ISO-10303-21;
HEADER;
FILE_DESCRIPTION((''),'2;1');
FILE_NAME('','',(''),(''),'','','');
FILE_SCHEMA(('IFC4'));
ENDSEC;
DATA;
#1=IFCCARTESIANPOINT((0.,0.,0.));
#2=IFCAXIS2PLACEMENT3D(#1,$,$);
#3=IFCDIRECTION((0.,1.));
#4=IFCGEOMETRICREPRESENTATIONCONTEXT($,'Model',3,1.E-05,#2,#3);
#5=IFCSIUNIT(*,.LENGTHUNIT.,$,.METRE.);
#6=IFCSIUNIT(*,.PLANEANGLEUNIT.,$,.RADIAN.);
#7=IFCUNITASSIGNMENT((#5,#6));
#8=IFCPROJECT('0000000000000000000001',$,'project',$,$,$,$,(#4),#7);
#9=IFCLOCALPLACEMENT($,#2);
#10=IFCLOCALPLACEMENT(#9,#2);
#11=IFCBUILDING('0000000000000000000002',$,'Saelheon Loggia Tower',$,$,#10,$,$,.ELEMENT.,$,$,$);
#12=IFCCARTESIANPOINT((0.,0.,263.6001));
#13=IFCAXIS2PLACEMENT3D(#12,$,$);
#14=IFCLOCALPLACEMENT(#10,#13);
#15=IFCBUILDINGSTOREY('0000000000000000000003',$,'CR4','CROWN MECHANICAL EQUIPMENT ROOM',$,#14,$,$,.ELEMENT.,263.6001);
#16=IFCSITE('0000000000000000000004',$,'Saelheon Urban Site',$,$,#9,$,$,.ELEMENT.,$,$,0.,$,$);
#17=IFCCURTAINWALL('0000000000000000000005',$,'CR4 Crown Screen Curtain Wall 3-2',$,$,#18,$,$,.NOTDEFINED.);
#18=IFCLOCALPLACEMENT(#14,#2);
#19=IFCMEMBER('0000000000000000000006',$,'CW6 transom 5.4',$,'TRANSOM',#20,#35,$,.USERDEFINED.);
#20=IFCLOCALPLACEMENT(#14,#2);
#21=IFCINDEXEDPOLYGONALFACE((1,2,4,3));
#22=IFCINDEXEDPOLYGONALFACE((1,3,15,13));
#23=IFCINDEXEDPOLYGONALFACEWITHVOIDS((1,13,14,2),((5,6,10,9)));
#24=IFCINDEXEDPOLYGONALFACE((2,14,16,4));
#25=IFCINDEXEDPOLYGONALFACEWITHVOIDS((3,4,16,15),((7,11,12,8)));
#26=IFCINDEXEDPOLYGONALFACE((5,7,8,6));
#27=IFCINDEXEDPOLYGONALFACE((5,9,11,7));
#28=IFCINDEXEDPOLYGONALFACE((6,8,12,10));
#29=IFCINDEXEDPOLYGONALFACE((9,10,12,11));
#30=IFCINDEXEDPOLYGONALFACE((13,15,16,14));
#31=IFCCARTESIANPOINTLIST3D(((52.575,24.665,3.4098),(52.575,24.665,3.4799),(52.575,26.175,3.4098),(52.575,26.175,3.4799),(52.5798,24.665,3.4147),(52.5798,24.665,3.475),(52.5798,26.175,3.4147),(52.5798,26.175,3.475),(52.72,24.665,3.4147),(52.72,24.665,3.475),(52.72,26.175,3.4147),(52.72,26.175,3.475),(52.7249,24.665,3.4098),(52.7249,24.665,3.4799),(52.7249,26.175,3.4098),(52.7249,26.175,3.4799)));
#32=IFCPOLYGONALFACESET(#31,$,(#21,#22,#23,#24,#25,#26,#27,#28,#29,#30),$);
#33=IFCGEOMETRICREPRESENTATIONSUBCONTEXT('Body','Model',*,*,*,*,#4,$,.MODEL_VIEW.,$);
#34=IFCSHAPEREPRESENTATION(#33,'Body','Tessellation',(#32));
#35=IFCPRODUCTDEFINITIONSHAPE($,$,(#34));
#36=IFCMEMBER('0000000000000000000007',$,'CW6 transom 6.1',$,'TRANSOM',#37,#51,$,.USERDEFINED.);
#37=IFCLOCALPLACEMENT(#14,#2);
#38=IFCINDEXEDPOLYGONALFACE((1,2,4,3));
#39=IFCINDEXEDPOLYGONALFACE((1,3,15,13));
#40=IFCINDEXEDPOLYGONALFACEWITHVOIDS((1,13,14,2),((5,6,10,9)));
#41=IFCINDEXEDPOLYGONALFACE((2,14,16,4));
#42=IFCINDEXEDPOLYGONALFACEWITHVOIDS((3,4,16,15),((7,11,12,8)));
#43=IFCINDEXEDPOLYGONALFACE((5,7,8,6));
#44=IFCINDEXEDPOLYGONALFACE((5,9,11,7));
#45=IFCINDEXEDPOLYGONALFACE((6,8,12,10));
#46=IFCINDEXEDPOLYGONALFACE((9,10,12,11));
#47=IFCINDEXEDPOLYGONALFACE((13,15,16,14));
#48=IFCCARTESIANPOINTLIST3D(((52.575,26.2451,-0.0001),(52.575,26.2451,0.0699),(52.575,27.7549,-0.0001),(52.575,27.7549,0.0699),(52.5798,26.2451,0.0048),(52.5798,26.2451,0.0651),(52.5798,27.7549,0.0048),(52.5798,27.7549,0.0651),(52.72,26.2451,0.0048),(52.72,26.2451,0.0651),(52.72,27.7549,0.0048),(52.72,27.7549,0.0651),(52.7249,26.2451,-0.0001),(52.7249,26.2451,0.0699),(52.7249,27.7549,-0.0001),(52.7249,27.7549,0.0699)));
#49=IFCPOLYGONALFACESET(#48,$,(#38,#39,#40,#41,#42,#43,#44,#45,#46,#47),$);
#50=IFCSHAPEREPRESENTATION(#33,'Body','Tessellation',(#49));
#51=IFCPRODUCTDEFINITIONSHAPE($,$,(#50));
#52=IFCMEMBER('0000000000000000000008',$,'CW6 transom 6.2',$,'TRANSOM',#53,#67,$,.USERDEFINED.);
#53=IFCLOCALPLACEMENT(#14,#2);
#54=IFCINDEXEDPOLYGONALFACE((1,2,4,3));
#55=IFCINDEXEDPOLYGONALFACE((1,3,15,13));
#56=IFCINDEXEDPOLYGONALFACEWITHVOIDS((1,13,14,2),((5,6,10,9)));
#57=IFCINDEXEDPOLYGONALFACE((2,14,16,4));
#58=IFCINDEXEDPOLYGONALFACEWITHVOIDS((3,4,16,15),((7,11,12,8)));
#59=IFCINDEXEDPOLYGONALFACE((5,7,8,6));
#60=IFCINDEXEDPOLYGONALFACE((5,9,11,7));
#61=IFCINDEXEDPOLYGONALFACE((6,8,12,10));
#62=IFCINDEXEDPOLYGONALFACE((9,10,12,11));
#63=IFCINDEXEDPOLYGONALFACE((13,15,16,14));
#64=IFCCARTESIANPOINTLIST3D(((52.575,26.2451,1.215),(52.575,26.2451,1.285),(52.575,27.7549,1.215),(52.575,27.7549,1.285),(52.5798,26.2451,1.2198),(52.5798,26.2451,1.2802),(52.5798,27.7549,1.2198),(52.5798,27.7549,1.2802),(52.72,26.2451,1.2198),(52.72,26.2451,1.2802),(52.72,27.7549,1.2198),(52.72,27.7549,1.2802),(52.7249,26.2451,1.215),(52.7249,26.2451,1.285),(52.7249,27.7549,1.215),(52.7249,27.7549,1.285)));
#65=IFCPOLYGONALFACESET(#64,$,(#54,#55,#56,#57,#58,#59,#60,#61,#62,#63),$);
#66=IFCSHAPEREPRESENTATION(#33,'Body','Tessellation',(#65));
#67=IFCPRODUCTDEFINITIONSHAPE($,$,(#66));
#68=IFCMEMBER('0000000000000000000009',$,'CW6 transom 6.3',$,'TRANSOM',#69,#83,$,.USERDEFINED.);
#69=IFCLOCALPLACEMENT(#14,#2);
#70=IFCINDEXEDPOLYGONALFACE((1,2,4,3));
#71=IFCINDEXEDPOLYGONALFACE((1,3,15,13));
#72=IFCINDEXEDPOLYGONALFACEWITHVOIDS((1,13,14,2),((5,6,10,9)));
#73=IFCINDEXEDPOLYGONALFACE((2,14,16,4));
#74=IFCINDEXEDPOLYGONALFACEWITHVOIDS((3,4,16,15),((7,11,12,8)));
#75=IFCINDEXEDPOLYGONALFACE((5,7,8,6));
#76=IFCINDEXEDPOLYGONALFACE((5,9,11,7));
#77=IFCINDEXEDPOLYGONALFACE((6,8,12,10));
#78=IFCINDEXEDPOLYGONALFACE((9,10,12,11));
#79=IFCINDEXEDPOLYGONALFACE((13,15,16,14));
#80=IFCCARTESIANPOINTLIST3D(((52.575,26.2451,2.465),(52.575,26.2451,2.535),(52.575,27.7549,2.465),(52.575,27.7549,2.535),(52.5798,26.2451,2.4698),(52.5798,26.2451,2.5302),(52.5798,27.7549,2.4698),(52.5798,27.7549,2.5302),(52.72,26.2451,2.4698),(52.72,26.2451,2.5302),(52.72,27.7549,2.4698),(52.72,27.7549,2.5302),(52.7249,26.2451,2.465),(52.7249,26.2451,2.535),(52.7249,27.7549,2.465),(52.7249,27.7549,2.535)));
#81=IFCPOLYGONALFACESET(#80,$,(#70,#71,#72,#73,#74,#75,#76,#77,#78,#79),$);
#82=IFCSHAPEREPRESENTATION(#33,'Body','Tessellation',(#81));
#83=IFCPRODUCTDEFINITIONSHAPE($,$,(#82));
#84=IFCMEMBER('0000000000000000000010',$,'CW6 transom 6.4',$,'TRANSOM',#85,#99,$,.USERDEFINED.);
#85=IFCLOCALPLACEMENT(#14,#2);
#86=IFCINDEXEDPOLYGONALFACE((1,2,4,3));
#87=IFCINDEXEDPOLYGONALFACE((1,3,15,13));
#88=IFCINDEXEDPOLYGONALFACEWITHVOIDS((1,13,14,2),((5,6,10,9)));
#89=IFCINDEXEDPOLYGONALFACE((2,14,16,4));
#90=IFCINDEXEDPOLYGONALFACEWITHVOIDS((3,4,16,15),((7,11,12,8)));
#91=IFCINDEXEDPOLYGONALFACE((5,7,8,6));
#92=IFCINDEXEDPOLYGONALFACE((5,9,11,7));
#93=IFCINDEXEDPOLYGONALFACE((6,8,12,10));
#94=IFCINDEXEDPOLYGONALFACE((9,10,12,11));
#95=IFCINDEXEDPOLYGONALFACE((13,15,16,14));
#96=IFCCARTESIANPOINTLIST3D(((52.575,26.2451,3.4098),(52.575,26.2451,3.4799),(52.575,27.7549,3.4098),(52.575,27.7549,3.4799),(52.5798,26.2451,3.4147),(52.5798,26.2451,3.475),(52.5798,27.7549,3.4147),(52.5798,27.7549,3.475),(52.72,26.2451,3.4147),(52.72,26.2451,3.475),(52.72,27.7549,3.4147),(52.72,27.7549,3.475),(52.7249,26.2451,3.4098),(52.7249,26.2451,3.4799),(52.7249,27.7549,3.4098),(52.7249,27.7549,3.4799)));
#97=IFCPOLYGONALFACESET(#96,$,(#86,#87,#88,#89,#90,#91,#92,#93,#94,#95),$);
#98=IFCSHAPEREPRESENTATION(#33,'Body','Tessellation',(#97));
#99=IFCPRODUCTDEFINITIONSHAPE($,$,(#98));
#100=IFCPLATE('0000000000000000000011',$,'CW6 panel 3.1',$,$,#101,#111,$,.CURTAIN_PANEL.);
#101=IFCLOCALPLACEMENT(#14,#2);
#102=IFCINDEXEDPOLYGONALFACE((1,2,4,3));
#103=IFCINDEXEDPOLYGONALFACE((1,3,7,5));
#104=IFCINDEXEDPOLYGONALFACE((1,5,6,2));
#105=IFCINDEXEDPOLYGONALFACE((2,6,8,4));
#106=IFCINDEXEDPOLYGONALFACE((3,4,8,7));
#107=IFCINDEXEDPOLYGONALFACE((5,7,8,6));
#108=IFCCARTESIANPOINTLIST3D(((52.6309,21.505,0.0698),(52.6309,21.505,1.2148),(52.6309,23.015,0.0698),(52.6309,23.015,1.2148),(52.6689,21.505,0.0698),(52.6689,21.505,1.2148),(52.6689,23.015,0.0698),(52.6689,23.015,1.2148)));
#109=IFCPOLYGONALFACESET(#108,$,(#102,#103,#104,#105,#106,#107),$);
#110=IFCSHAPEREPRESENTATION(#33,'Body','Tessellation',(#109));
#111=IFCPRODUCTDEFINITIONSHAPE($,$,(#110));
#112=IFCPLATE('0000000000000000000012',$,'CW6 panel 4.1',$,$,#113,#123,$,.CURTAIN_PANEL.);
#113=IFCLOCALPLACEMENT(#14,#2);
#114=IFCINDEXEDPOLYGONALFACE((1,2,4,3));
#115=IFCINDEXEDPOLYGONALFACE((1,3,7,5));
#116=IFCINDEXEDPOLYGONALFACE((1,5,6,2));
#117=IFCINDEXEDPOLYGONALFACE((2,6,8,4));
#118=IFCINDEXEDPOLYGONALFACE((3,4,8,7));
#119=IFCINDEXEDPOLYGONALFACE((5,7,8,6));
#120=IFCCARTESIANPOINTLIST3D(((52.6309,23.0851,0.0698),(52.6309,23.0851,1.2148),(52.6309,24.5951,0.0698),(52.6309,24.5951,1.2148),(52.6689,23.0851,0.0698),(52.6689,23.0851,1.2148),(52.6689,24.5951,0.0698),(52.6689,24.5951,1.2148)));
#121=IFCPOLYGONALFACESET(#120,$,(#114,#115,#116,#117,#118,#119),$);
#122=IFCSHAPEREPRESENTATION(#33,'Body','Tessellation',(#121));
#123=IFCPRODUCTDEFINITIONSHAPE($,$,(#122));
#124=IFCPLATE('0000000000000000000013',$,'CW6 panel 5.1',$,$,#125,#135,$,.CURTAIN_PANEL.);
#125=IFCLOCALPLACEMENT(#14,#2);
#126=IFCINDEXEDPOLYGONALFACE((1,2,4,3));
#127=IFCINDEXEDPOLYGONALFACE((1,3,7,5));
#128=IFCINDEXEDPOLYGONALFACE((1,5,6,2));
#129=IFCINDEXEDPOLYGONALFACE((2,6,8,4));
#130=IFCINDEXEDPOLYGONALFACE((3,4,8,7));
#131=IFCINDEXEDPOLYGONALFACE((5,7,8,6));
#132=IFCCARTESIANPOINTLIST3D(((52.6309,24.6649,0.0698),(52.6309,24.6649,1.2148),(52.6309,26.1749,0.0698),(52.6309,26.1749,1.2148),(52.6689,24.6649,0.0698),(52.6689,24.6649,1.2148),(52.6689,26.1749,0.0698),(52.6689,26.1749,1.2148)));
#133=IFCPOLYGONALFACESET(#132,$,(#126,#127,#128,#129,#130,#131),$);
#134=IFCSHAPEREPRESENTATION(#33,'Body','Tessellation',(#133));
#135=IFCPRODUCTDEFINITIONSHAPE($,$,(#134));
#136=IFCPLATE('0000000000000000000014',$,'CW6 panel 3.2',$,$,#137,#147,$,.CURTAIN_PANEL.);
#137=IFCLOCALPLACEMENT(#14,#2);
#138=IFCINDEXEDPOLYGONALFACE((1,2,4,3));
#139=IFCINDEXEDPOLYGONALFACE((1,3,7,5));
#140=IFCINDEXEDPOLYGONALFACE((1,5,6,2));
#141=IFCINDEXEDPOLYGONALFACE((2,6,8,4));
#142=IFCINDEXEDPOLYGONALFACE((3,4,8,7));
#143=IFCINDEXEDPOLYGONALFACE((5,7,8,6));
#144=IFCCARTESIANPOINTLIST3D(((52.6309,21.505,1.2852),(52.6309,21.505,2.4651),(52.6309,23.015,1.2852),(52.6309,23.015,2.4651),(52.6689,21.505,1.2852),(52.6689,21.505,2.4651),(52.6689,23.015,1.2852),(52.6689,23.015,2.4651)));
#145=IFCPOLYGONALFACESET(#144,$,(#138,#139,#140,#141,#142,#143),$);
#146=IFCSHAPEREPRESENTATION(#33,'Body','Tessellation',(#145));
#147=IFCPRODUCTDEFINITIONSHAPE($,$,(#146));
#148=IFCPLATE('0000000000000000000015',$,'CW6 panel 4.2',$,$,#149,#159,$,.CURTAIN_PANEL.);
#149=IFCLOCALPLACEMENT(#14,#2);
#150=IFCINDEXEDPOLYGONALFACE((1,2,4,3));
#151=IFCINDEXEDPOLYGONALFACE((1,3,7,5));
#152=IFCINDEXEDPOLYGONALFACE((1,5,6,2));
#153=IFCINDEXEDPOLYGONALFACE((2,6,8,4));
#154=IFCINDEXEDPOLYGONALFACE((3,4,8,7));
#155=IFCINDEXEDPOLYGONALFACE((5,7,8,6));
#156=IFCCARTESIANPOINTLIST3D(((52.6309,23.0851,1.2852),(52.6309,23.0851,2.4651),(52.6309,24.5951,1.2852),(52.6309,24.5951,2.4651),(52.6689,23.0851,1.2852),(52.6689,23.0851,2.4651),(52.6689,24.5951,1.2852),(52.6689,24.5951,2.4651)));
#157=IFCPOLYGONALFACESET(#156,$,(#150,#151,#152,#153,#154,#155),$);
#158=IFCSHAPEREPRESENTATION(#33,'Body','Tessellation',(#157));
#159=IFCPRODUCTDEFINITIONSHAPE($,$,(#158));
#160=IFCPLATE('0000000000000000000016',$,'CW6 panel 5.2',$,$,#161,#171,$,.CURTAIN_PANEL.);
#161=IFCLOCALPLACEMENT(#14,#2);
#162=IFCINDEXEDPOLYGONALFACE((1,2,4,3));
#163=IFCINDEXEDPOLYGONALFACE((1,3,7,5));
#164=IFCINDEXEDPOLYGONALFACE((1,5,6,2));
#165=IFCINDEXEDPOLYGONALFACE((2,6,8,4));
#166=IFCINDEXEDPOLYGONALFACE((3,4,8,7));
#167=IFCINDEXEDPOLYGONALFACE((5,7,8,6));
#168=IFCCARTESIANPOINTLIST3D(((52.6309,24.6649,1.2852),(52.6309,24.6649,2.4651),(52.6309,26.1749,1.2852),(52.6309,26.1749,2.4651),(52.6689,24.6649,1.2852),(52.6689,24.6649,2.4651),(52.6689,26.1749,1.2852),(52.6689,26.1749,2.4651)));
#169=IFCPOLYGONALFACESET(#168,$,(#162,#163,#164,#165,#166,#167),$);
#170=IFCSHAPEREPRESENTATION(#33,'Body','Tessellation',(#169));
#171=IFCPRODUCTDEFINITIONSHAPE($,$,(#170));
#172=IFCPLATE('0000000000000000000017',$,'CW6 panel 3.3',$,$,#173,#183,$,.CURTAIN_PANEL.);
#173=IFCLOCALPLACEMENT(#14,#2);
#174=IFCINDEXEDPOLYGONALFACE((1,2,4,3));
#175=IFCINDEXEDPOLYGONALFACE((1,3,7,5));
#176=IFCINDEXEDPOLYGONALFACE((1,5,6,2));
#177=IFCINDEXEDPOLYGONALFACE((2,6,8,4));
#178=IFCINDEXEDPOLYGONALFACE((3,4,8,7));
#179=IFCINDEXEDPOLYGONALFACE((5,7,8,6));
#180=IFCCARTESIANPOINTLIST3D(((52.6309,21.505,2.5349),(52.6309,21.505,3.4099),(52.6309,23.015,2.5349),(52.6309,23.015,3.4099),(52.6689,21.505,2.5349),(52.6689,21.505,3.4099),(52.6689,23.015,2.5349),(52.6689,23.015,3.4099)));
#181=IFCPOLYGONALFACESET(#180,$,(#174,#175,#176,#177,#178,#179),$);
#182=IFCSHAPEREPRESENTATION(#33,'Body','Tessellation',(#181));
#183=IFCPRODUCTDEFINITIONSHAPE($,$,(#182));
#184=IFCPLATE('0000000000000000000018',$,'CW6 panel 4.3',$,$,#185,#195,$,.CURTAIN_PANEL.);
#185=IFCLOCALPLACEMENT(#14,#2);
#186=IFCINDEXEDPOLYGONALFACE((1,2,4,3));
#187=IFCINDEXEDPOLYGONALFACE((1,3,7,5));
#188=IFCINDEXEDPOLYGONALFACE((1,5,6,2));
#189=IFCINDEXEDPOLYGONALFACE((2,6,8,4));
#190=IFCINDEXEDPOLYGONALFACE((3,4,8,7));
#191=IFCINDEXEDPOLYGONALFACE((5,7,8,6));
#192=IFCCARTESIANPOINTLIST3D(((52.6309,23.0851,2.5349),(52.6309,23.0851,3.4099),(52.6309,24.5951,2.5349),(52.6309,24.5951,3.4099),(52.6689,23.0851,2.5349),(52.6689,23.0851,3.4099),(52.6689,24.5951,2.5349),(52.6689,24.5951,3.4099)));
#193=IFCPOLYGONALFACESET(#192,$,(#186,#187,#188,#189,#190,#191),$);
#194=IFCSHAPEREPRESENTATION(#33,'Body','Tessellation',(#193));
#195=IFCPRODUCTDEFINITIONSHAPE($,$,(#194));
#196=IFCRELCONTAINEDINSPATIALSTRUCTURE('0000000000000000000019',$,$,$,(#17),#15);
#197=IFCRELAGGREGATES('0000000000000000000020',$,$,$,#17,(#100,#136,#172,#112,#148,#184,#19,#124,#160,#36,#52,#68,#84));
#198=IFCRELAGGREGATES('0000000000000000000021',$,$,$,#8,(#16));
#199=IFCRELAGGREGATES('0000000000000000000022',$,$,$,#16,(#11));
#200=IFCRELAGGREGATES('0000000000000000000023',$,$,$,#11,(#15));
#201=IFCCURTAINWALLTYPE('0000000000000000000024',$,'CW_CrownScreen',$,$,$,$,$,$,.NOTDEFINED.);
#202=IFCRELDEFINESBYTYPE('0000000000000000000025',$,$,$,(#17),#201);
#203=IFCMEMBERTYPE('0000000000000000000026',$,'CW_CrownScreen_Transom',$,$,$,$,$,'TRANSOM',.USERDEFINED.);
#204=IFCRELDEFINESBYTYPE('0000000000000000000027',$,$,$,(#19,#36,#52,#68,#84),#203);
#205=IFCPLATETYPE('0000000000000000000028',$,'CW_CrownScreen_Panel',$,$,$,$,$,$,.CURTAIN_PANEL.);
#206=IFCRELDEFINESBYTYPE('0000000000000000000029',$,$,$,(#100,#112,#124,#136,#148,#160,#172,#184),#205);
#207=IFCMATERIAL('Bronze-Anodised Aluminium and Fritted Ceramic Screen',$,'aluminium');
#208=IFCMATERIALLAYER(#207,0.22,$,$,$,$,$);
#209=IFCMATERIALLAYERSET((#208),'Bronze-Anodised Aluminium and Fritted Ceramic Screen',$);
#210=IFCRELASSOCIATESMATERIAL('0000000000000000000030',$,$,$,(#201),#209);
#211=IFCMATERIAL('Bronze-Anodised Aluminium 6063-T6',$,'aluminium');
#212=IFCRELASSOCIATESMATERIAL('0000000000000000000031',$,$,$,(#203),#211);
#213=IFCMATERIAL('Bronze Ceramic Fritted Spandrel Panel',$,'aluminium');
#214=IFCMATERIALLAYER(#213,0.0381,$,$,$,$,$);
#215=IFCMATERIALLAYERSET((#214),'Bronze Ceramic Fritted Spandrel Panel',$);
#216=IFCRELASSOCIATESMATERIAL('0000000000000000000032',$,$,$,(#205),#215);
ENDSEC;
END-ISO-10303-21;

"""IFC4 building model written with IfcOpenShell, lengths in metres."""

from ifc_helpers import new_model, si_unit, direction, frame, origin, origin_2d, place, context, subcontext, project, spatial, rectangle, hollow_rectangle, extrude, source, transform, mapped, material, layer, layer_set, material_profile, profile_set, type_object, element, aggregate, save


model = new_model("IFC4")

# Units and contexts
model_context = context("Model", 3, precision=1e-05, world=origin(), true_north=direction((0.0, 1.0)))
body_context = subcontext(model_context, "Body", "Model", "MODEL_VIEW")
ifc_project = project(units=[si_unit("LENGTHUNIT", "METRE"), si_unit("PLANEANGLEUNIT", "RADIAN")], contexts=[model_context])

# Site, building, storey
site_placement = place(None, origin())
site = spatial("IfcSite", under=ifc_project, at=site_placement, Name="Saelheon Urban Site", CompositionType="ELEMENT", RefElevation=0.0)
building_placement = place(site_placement, origin())
building = spatial("IfcBuilding", under=site, at=building_placement, Name="Saelheon Loggia Tower", CompositionType="ELEMENT")
storey_placement = place(building_placement, frame((0.0, 0.0, 263.6001)))
storey = spatial("IfcBuildingStorey", under=building, at=storey_placement, Name="CR4", Description="CROWN MECHANICAL EQUIPMENT ROOM", CompositionType="ELEMENT", Elevation=263.6001)

# Curtain wall, members, plates
ifc_material_1 = material(Name="Bronze-Anodised Aluminium and Fritted Ceramic Screen", Category="aluminium")
ifc_layer_1 = layer(ifc_material_1, 0.22)
ifc_layer_set_1 = layer_set([ifc_layer_1], Name="Bronze-Anodised Aluminium and Fritted Ceramic Screen")
curtain_wall_type = type_object("IfcCurtainWallType", Name="CW_CrownScreen", PredefinedType="NOTDEFINED", material=ifc_layer_set_1)
curtain_wall_placement = place(storey_placement, origin())
curtain_wall = element("IfcCurtainWall", 1, at=curtain_wall_placement, inside=storey, type_object=curtain_wall_type, Name="CR4 Crown Screen Curtain Wall 3-2", PredefinedType="NOTDEFINED")
ifc_material_2 = material(Name="Bronze-Anodised Aluminium 6063-T6", Category="aluminium")
ifc_material_profile_1 = material_profile(ifc_material_2, hollow_rectangle(XDim=0.0701, YDim=0.1499, WallThickness=0.0049, at=origin_2d()), Name="RHS-150x70x5")
ifc_profile_set_1 = profile_set([ifc_material_profile_1], Name="Bronze-Anodised Aluminium 6063-T6")
member_type_1 = type_object("IfcMemberType", Name="CW_CrownScreen_Transom", ElementType="TRANSOM", PredefinedType="USERDEFINED", material=ifc_profile_set_1)
shared_shape_1 = source(origin(), body_context, "Body", "SweptSolid", [
    extrude(hollow_rectangle(XDim=0.0701, YDim=0.1499, WallThickness=0.0049, at=origin_2d()), origin(), (0.0, 0.0, 1.0), 1.51),
])
member_1_placement = place(storey_placement, frame((52.6499, 24.665, 3.4448), z_axis=(0.0, 1.0, 0.0), x_axis=(0.0, 0.0, 1.0)))
member_1 = element("IfcMember", 2, at=member_1_placement, type_object=member_type_1, Name="CW6 transom 5.4", ObjectType="TRANSOM", PredefinedType="USERDEFINED", context=body_context, shape_type="MappedRepresentation", body=[
    mapped(shared_shape_1, transform((0.0, 0.0, 0.0), scale=1.0)),
])
shared_shape_2 = source(origin(), body_context, "Body", "SweptSolid", [
    extrude(hollow_rectangle(XDim=0.0701, YDim=0.1499, WallThickness=0.0049, at=origin_2d()), origin(), (0.0, 0.0, 1.0), 1.5098),
])
member_2_placement = place(storey_placement, frame((52.6499, 26.2451, 0.0349), z_axis=(0.0, 1.0, 0.0), x_axis=(0.0, 0.0, 1.0)))
member_2 = element("IfcMember", 3, at=member_2_placement, type_object=member_type_1, Name="CW6 transom 6.1", ObjectType="TRANSOM", PredefinedType="USERDEFINED", context=body_context, shape_type="MappedRepresentation", body=[
    mapped(shared_shape_2, transform((0.0, 0.0, 0.0), scale=1.0)),
])
member_3_placement = place(storey_placement, frame((52.6499, 26.2451, 1.25), z_axis=(0.0, 1.0, 0.0), x_axis=(0.0, 0.0, 1.0)))
member_3 = element("IfcMember", 4, at=member_3_placement, type_object=member_type_1, Name="CW6 transom 6.2", ObjectType="TRANSOM", PredefinedType="USERDEFINED", context=body_context, shape_type="MappedRepresentation", body=[
    mapped(shared_shape_2, transform((0.0, 0.0, 0.0), scale=1.0)),
])
member_4_placement = place(storey_placement, frame((52.6499, 26.2451, 2.5), z_axis=(0.0, 1.0, 0.0), x_axis=(0.0, 0.0, 1.0)))
member_4 = element("IfcMember", 5, at=member_4_placement, type_object=member_type_1, Name="CW6 transom 6.3", ObjectType="TRANSOM", PredefinedType="USERDEFINED", context=body_context, shape_type="MappedRepresentation", body=[
    mapped(shared_shape_2, transform((0.0, 0.0, 0.0), scale=1.0)),
])
member_5_placement = place(storey_placement, frame((52.6499, 26.2451, 3.4448), z_axis=(0.0, 1.0, 0.0), x_axis=(0.0, 0.0, 1.0)))
member_5 = element("IfcMember", 6, at=member_5_placement, type_object=member_type_1, Name="CW6 transom 6.4", ObjectType="TRANSOM", PredefinedType="USERDEFINED", context=body_context, shape_type="MappedRepresentation", body=[
    mapped(shared_shape_2, transform((0.0, 0.0, 0.0), scale=1.0)),
])
ifc_material_3 = material(Name="Bronze Ceramic Fritted Spandrel Panel", Category="aluminium")
ifc_layer_2 = layer(ifc_material_3, 0.0381)
ifc_layer_set_2 = layer_set([ifc_layer_2], Name="Bronze Ceramic Fritted Spandrel Panel")
plate_type = type_object("IfcPlateType", Name="CW_CrownScreen_Panel", PredefinedType="CURTAIN_PANEL", material=ifc_layer_set_2)
shared_shape_3 = source(origin(), body_context, "Body", "SweptSolid", [
    extrude(rectangle(XDim=1.51, YDim=0.0381, at=origin_2d()), origin(), (0.0, 0.0, 1.0), 1.145),
])
plate_1_placement = place(storey_placement, frame((52.6499, 22.26, 0.0698), z_axis=(0.0, 0.0, 1.0), x_axis=(0.0, 1.0, 0.0)))
plate_1 = element("IfcPlate", 7, at=plate_1_placement, type_object=plate_type, Name="CW6 panel 3.1", PredefinedType="CURTAIN_PANEL", context=body_context, shape_type="MappedRepresentation", body=[
    mapped(shared_shape_3, transform((0.0, 0.0, 0.0), scale=1.0)),
])
plate_2_placement = place(storey_placement, frame((52.6499, 23.8401, 0.0698), z_axis=(0.0, 0.0, 1.0), x_axis=(0.0, 1.0, 0.0)))
plate_2 = element("IfcPlate", 8, at=plate_2_placement, type_object=plate_type, Name="CW6 panel 4.1", PredefinedType="CURTAIN_PANEL", context=body_context, shape_type="MappedRepresentation", body=[
    mapped(shared_shape_3, transform((0.0, 0.0, 0.0), scale=1.0)),
])
plate_3_placement = place(storey_placement, frame((52.6499, 25.4199, 0.0698), z_axis=(0.0, 0.0, 1.0), x_axis=(0.0, 1.0, 0.0)))
plate_3 = element("IfcPlate", 9, at=plate_3_placement, type_object=plate_type, Name="CW6 panel 5.1", PredefinedType="CURTAIN_PANEL", context=body_context, shape_type="MappedRepresentation", body=[
    mapped(shared_shape_3, transform((0.0, 0.0, 0.0), scale=1.0)),
])
shared_shape_4 = source(origin(), body_context, "Body", "SweptSolid", [
    extrude(rectangle(XDim=1.51, YDim=0.0381, at=origin_2d()), origin(), (0.0, 0.0, 1.0), 1.1799),
])
plate_4_placement = place(storey_placement, frame((52.6499, 22.26, 1.2852), z_axis=(0.0, 0.0, 1.0), x_axis=(0.0, 1.0, 0.0)))
plate_4 = element("IfcPlate", 10, at=plate_4_placement, type_object=plate_type, Name="CW6 panel 3.2", PredefinedType="CURTAIN_PANEL", context=body_context, shape_type="MappedRepresentation", body=[
    mapped(shared_shape_4, transform((0.0, 0.0, 0.0), scale=1.0)),
])
plate_5_placement = place(storey_placement, frame((52.6499, 23.8401, 1.2852), z_axis=(0.0, 0.0, 1.0), x_axis=(0.0, 1.0, 0.0)))
plate_5 = element("IfcPlate", 11, at=plate_5_placement, type_object=plate_type, Name="CW6 panel 4.2", PredefinedType="CURTAIN_PANEL", context=body_context, shape_type="MappedRepresentation", body=[
    mapped(shared_shape_4, transform((0.0, 0.0, 0.0), scale=1.0)),
])
plate_6_placement = place(storey_placement, frame((52.6499, 25.4199, 1.2852), z_axis=(0.0, 0.0, 1.0), x_axis=(0.0, 1.0, 0.0)))
plate_6 = element("IfcPlate", 12, at=plate_6_placement, type_object=plate_type, Name="CW6 panel 5.2", PredefinedType="CURTAIN_PANEL", context=body_context, shape_type="MappedRepresentation", body=[
    mapped(shared_shape_4, transform((0.0, 0.0, 0.0), scale=1.0)),
])
shared_shape_5 = source(origin(), body_context, "Body", "SweptSolid", [
    extrude(rectangle(XDim=1.51, YDim=0.0381, at=origin_2d()), origin(), (0.0, 0.0, 1.0), 0.875),
])
plate_7_placement = place(storey_placement, frame((52.6499, 22.26, 2.5349), z_axis=(0.0, 0.0, 1.0), x_axis=(0.0, 1.0, 0.0)))
plate_7 = element("IfcPlate", 13, at=plate_7_placement, type_object=plate_type, Name="CW6 panel 3.3", PredefinedType="CURTAIN_PANEL", context=body_context, shape_type="MappedRepresentation", body=[
    mapped(shared_shape_5, transform((0.0, 0.0, 0.0), scale=1.0)),
])
plate_8_placement = place(storey_placement, frame((52.6499, 23.8401, 2.5349), z_axis=(0.0, 0.0, 1.0), x_axis=(0.0, 1.0, 0.0)))
plate_8 = element("IfcPlate", 14, at=plate_8_placement, type_object=plate_type, Name="CW6 panel 4.3", PredefinedType="CURTAIN_PANEL", context=body_context, shape_type="MappedRepresentation", body=[
    mapped(shared_shape_5, transform((0.0, 0.0, 0.0), scale=1.0)),
])
aggregate(curtain_wall, [plate_1, plate_4, plate_7, plate_2, plate_5, plate_8, member_1, plate_3, plate_6, member_2, member_3, member_4, member_5])

save(model, "model.ifc")
